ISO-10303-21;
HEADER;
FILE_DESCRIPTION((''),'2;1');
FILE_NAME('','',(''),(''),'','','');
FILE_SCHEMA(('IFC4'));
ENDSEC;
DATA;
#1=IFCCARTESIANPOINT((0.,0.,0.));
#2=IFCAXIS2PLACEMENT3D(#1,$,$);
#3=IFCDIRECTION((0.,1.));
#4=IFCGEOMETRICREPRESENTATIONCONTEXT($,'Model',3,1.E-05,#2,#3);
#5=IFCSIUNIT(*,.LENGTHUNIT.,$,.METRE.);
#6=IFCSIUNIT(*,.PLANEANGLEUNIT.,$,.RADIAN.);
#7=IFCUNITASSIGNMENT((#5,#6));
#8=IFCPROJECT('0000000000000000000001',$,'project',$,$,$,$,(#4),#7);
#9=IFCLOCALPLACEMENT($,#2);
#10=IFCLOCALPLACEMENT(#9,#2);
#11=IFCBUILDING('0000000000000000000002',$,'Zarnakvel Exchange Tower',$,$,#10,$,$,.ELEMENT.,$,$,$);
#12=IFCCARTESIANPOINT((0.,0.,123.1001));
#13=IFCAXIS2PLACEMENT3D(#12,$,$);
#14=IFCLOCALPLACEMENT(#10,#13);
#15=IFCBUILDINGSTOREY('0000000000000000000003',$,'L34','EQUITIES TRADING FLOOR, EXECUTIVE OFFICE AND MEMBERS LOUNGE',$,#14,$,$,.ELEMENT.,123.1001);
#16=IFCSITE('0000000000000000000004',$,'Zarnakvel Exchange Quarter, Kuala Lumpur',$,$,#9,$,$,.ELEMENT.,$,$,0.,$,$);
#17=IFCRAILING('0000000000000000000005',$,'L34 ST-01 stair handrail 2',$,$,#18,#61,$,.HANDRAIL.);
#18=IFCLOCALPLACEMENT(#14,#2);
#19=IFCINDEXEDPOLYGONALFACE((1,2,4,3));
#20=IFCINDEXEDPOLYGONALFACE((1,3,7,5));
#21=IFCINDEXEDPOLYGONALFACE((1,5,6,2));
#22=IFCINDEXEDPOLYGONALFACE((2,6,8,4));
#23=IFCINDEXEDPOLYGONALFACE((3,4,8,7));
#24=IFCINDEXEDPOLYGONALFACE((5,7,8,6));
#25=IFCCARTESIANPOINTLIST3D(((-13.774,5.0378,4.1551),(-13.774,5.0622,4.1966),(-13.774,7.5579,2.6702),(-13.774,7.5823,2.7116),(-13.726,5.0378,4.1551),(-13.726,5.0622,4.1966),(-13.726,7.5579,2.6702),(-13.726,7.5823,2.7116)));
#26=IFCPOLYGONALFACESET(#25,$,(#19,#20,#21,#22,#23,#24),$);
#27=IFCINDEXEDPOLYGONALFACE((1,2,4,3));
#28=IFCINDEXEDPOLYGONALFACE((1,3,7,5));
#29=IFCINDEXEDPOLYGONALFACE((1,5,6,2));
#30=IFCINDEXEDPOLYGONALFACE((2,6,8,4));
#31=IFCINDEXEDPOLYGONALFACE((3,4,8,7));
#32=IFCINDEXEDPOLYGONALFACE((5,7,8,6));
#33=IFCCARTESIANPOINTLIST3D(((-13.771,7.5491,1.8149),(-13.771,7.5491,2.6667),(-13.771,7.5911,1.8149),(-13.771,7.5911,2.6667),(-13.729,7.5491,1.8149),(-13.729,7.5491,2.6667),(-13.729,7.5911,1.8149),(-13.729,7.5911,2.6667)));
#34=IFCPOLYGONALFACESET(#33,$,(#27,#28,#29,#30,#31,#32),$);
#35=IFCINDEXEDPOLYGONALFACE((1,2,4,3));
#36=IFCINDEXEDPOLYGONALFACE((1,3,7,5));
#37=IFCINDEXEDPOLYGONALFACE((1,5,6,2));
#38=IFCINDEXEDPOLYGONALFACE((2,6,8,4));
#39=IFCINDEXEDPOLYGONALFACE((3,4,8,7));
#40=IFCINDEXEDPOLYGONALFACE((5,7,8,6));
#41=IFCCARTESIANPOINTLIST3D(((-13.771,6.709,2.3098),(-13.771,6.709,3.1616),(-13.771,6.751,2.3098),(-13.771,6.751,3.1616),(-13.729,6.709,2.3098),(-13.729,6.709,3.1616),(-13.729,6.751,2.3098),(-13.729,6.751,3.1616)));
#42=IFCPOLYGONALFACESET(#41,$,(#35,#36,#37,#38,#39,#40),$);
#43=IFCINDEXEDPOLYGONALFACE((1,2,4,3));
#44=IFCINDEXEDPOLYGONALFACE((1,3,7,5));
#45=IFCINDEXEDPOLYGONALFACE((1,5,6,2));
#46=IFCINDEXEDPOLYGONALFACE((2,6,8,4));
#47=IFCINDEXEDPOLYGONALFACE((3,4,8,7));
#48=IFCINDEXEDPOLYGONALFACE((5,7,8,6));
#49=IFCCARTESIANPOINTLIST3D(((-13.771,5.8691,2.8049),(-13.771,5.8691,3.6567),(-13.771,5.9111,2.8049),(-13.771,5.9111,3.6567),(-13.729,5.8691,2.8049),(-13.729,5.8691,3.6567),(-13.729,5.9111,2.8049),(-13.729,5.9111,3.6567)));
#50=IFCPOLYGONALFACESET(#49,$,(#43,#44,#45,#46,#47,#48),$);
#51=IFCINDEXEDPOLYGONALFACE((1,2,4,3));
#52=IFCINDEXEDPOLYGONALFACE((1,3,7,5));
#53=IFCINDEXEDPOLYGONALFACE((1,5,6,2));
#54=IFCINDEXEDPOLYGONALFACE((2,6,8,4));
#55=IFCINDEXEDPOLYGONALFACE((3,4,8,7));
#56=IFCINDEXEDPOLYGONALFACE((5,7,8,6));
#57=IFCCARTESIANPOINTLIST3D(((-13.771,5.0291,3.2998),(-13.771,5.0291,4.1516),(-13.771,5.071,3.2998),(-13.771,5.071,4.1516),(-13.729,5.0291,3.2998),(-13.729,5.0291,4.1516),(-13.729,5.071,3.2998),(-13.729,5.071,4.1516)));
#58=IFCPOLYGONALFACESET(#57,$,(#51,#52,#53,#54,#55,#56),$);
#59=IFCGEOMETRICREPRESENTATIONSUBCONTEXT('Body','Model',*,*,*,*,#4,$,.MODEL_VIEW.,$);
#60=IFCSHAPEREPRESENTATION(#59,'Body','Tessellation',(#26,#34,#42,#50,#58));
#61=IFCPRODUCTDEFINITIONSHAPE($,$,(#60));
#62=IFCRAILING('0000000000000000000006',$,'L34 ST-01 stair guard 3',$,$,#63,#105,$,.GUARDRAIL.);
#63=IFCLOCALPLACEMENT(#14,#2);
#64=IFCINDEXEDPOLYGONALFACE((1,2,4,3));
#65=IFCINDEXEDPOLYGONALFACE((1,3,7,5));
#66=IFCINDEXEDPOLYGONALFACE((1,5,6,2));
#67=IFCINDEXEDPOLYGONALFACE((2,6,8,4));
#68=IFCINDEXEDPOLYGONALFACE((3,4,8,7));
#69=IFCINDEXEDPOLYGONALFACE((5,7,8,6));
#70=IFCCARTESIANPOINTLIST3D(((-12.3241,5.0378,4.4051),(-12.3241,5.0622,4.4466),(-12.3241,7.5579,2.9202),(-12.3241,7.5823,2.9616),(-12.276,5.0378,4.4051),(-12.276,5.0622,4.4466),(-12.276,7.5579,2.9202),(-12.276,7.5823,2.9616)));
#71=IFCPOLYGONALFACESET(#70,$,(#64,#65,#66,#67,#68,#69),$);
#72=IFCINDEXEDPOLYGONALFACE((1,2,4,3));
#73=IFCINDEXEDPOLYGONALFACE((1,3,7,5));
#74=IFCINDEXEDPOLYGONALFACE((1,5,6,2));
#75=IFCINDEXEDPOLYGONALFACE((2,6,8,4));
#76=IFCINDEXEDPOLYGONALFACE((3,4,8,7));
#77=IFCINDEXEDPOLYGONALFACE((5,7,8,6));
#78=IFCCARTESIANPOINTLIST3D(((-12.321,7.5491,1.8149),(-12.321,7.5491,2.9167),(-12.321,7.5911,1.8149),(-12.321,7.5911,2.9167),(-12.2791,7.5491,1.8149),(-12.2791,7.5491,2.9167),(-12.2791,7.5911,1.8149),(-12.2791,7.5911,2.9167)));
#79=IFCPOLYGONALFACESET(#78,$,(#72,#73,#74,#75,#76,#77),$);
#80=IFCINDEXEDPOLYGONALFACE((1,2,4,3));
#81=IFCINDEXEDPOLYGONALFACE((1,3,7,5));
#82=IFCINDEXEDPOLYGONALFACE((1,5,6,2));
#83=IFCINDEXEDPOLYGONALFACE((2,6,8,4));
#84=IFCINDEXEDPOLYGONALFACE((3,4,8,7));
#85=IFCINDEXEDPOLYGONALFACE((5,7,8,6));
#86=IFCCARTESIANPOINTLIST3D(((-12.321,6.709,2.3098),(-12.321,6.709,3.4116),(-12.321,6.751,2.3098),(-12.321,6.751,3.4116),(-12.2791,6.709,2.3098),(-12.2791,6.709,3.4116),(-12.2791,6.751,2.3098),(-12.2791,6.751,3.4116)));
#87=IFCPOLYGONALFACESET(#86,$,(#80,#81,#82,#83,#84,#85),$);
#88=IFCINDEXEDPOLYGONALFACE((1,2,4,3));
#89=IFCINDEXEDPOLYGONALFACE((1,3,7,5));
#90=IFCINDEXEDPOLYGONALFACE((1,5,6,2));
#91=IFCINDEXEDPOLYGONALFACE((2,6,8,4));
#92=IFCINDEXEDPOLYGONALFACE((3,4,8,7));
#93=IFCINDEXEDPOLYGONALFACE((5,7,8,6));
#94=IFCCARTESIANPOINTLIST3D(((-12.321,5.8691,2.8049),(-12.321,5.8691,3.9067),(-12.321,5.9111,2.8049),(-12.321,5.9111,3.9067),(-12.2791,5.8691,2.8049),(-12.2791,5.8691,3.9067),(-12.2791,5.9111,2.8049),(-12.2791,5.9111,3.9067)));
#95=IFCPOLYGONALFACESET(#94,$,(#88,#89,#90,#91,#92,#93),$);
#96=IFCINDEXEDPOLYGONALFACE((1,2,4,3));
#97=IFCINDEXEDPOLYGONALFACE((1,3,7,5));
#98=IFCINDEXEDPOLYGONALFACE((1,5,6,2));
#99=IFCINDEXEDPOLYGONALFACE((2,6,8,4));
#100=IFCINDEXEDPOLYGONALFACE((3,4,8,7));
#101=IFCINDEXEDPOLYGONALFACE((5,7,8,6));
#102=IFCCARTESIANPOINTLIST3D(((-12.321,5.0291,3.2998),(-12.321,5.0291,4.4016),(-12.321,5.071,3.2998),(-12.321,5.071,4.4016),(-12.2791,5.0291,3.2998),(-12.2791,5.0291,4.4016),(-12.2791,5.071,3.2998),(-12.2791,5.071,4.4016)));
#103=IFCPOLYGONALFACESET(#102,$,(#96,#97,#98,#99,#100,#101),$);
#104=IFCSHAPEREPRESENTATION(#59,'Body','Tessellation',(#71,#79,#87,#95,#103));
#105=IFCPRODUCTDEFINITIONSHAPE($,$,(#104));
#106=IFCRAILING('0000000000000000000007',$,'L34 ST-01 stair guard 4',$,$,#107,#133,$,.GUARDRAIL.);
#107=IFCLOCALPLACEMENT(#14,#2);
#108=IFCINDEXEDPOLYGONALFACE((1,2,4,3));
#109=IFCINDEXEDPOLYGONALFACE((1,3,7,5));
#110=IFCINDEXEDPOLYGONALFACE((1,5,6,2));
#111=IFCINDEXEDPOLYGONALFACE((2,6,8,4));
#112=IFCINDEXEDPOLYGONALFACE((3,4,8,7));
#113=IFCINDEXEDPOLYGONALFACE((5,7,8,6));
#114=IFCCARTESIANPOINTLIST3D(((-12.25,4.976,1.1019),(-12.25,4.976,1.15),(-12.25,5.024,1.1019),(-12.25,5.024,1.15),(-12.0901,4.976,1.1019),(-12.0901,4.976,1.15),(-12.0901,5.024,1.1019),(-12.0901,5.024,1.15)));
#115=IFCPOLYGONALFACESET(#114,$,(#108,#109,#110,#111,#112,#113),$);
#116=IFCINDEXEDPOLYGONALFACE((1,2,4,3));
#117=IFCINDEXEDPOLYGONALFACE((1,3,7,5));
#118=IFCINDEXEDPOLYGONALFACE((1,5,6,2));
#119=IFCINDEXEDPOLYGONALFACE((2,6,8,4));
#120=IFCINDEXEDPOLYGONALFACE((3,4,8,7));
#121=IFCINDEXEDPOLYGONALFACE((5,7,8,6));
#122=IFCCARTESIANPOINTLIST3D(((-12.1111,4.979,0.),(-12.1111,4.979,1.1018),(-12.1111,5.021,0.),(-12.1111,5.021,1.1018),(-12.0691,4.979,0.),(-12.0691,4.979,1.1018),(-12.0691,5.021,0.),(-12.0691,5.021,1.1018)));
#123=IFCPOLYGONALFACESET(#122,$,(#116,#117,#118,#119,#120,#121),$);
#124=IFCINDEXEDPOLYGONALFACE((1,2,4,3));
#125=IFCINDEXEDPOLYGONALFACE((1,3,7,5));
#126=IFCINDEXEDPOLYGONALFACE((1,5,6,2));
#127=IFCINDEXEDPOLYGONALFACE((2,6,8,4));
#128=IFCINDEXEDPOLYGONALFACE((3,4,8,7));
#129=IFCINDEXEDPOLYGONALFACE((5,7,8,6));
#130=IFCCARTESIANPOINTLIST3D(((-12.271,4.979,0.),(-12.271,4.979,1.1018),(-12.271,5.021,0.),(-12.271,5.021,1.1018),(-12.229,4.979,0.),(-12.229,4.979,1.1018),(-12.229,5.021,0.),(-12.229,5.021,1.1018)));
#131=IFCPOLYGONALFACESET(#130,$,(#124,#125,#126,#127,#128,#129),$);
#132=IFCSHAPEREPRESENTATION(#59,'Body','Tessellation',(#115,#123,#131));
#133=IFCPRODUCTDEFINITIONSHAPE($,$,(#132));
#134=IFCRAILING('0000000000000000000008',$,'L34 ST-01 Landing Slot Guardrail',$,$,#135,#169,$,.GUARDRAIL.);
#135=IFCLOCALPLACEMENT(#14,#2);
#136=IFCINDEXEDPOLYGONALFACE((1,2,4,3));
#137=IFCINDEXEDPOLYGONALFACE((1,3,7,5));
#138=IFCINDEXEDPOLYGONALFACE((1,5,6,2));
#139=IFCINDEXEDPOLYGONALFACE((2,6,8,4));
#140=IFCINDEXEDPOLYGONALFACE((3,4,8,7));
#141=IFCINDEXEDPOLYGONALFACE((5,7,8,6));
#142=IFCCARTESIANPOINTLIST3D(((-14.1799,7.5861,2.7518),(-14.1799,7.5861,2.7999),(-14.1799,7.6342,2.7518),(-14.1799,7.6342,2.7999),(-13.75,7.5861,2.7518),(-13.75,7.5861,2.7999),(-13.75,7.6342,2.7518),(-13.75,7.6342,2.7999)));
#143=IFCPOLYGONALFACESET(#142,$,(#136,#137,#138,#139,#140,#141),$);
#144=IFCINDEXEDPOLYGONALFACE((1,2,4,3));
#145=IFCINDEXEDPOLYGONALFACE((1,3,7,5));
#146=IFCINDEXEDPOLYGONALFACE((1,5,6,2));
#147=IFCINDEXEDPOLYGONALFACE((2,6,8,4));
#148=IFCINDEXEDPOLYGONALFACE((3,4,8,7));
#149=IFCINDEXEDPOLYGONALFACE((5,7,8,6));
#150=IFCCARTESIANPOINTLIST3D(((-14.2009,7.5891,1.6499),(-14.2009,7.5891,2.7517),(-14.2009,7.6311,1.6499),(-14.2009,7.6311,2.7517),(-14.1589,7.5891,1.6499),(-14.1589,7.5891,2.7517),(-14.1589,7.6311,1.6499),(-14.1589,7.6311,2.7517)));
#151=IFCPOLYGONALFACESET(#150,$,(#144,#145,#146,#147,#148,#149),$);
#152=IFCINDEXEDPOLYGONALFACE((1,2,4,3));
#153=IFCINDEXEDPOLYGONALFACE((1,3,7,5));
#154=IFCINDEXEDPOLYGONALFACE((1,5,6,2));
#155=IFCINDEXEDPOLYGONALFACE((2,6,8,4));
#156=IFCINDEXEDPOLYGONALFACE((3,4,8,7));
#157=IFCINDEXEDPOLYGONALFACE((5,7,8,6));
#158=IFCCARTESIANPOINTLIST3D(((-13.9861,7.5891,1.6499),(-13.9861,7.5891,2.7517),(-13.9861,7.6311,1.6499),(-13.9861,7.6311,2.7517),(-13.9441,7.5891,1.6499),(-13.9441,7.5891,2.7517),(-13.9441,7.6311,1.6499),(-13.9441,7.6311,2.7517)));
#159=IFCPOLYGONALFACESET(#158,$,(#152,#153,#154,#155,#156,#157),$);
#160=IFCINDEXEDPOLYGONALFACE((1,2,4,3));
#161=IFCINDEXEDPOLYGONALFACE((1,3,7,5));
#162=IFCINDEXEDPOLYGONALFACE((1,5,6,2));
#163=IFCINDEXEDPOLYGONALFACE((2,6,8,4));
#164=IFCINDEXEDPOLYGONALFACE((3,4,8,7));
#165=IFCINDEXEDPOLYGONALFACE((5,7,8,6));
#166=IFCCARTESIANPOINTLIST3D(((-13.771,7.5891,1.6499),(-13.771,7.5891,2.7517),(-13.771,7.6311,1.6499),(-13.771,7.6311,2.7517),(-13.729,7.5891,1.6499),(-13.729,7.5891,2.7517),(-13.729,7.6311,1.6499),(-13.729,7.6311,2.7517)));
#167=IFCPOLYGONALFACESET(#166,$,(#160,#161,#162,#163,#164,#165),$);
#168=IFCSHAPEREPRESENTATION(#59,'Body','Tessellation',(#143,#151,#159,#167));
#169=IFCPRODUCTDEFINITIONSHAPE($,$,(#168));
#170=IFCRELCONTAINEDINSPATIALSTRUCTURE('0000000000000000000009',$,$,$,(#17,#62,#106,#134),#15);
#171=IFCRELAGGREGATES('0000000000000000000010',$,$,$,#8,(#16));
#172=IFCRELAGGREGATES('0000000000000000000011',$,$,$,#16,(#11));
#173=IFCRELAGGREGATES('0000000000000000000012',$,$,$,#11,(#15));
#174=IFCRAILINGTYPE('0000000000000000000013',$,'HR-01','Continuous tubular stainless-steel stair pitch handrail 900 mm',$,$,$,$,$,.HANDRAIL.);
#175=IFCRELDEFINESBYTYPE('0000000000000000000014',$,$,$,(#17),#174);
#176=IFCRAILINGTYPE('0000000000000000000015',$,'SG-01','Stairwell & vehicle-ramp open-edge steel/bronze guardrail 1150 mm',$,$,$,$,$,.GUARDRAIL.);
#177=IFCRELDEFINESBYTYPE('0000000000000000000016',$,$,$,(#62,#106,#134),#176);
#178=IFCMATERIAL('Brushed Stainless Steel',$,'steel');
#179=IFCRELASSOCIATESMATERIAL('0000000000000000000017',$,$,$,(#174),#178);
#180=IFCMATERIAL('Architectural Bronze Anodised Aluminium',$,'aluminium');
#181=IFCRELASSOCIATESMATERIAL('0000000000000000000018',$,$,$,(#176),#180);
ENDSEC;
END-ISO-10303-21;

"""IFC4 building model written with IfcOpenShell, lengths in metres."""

from ifc_helpers import new_model, si_unit, direction, frame, origin, origin_2d, place, context, subcontext, project, spatial, rectangle, extrude, material, type_object, element, save


model = new_model("IFC4")

# Units and contexts
model_context = context("Model", 3, precision=1e-05, world=origin(), true_north=direction((0.0, 1.0)))
body_context = subcontext(model_context, "Body", "Model", "MODEL_VIEW")
ifc_project = project(units=[si_unit("LENGTHUNIT", "METRE"), si_unit("PLANEANGLEUNIT", "RADIAN")], contexts=[model_context])

# Site, building, storey
site_placement = place(None, origin())
site = spatial("IfcSite", under=ifc_project, at=site_placement, Name="Zarnakvel Exchange Quarter, Kuala Lumpur", CompositionType="ELEMENT", RefElevation=0.0)
building_placement = place(site_placement, origin())
building = spatial("IfcBuilding", under=site, at=building_placement, Name="Zarnakvel Exchange Tower", CompositionType="ELEMENT")
storey_placement = place(building_placement, frame((0.0, 0.0, 123.1001)))
storey = spatial("IfcBuildingStorey", under=building, at=storey_placement, Name="L34", Description="EQUITIES TRADING FLOOR, EXECUTIVE OFFICE AND MEMBERS LOUNGE", CompositionType="ELEMENT", Elevation=123.1001)

# Shared definitions
ifc_material_1 = material(Name="Architectural Bronze Anodised Aluminium", Category="aluminium")

# Railings
ifc_material_2 = material(Name="Brushed Stainless Steel", Category="steel")
railing_type_1 = type_object("IfcRailingType", Name="HR-01", Description="Continuous tubular stainless-steel stair pitch handrail 900 mm", PredefinedType="HANDRAIL", material=ifc_material_2)
railing_1_placement = place(storey_placement, frame((-13.75, 7.5701, 1.8149)))
element("IfcRailing", 1, at=railing_1_placement, inside=storey, type_object=railing_type_1, Name="L34 ST-01 stair handrail 2", PredefinedType="HANDRAIL", context=body_context, shape_type="SweptSolid", body=[
    extrude(rectangle(XDim=0.0481, YDim=0.0481, at=origin_2d()), frame((0.0, 0.0, 0.876), z_axis=(0.0, -0.861561, 0.507655), x_axis=(1.0, 0.0, 0.0)), (0.0, 0.0, 1.0), 2.925),
    extrude(rectangle(XDim=0.042, YDim=0.042, at=origin_2d()), origin(), (0.0, 0.0, 1.0), 0.8518),
    extrude(rectangle(XDim=0.042, YDim=0.042, at=origin_2d()), frame((0.0, -0.8401, 0.4949)), (0.0, 0.0, 1.0), 0.8518),
    extrude(rectangle(XDim=0.042, YDim=0.042, at=origin_2d()), frame((0.0, -1.6799, 0.99)), (0.0, 0.0, 1.0), 0.8518),
    extrude(rectangle(XDim=0.042, YDim=0.042, at=origin_2d()), frame((0.0, -2.52, 1.4849)), (0.0, 0.0, 1.0), 0.8518),
])
railing_type_2 = type_object("IfcRailingType", Name="SG-01", Description="Stairwell & vehicle-ramp open-edge steel/bronze guardrail 1150 mm", PredefinedType="GUARDRAIL", material=ifc_material_1)
railing_2_placement = place(storey_placement, frame((-12.3, 7.5701, 1.8149)))
element("IfcRailing", 2, at=railing_2_placement, inside=storey, type_object=railing_type_2, Name="L34 ST-01 stair guard 3", PredefinedType="GUARDRAIL", context=body_context, shape_type="SweptSolid", body=[
    extrude(rectangle(XDim=0.0481, YDim=0.0481, at=origin_2d()), frame((0.0, 0.0, 1.126), z_axis=(0.0, -0.861561, 0.507655), x_axis=(1.0, 0.0, 0.0)), (0.0, 0.0, 1.0), 2.925),
    extrude(rectangle(XDim=0.042, YDim=0.042, at=origin_2d()), origin(), (0.0, 0.0, 1.0), 1.1018),
    extrude(rectangle(XDim=0.042, YDim=0.042, at=origin_2d()), frame((0.0, -0.8401, 0.4949)), (0.0, 0.0, 1.0), 1.1018),
    extrude(rectangle(XDim=0.042, YDim=0.042, at=origin_2d()), frame((0.0, -1.6799, 0.99)), (0.0, 0.0, 1.0), 1.1018),
    extrude(rectangle(XDim=0.042, YDim=0.042, at=origin_2d()), frame((0.0, -2.52, 1.4849)), (0.0, 0.0, 1.0), 1.1018),
])
railing_3_placement = place(storey_placement, frame((-12.0901, 5.0, 0.0)))
element("IfcRailing", 3, at=railing_3_placement, inside=storey, type_object=railing_type_2, Name="L34 ST-01 stair guard 4", PredefinedType="GUARDRAIL", context=body_context, shape_type="SweptSolid", body=[
    extrude(rectangle(XDim=0.0481, YDim=0.0481, at=origin_2d()), frame((0.0, 0.0, 1.126), z_axis=(-1.0, 0.0, 0.0), x_axis=(0.0, -1.0, 0.0)), (0.0, 0.0, 1.0), 0.1599),
    extrude(rectangle(XDim=0.042, YDim=0.042, at=origin_2d()), origin(), (0.0, 0.0, 1.0), 1.1018),
    extrude(rectangle(XDim=0.042, YDim=0.042, at=origin_2d()), frame((-0.1599, 0.0, 0.0)), (0.0, 0.0, 1.0), 1.1018),
])
railing_4_placement = place(storey_placement, frame((-14.1799, 7.6101, 1.6499)))
element("IfcRailing", 4, at=railing_4_placement, inside=storey, type_object=railing_type_2, Name="L34 ST-01 Landing Slot Guardrail", PredefinedType="GUARDRAIL", context=body_context, shape_type="SweptSolid", body=[
    extrude(rectangle(XDim=0.0481, YDim=0.0481, at=origin_2d()), frame((0.0, 0.0, 1.126), z_axis=(1.0, 0.0, 0.0), x_axis=(0.0, 1.0, 0.0)), (0.0, 0.0, 1.0), 0.4299),
    extrude(rectangle(XDim=0.042, YDim=0.042, at=origin_2d()), origin(), (0.0, 0.0, 1.0), 1.1018),
    extrude(rectangle(XDim=0.042, YDim=0.042, at=origin_2d()), frame((0.2148, 0.0, 0.0)), (0.0, 0.0, 1.0), 1.1018),
    extrude(rectangle(XDim=0.042, YDim=0.042, at=origin_2d()), frame((0.4299, 0.0, 0.0)), (0.0, 0.0, 1.0), 1.1018),
])

save(model, "model.ifc")
